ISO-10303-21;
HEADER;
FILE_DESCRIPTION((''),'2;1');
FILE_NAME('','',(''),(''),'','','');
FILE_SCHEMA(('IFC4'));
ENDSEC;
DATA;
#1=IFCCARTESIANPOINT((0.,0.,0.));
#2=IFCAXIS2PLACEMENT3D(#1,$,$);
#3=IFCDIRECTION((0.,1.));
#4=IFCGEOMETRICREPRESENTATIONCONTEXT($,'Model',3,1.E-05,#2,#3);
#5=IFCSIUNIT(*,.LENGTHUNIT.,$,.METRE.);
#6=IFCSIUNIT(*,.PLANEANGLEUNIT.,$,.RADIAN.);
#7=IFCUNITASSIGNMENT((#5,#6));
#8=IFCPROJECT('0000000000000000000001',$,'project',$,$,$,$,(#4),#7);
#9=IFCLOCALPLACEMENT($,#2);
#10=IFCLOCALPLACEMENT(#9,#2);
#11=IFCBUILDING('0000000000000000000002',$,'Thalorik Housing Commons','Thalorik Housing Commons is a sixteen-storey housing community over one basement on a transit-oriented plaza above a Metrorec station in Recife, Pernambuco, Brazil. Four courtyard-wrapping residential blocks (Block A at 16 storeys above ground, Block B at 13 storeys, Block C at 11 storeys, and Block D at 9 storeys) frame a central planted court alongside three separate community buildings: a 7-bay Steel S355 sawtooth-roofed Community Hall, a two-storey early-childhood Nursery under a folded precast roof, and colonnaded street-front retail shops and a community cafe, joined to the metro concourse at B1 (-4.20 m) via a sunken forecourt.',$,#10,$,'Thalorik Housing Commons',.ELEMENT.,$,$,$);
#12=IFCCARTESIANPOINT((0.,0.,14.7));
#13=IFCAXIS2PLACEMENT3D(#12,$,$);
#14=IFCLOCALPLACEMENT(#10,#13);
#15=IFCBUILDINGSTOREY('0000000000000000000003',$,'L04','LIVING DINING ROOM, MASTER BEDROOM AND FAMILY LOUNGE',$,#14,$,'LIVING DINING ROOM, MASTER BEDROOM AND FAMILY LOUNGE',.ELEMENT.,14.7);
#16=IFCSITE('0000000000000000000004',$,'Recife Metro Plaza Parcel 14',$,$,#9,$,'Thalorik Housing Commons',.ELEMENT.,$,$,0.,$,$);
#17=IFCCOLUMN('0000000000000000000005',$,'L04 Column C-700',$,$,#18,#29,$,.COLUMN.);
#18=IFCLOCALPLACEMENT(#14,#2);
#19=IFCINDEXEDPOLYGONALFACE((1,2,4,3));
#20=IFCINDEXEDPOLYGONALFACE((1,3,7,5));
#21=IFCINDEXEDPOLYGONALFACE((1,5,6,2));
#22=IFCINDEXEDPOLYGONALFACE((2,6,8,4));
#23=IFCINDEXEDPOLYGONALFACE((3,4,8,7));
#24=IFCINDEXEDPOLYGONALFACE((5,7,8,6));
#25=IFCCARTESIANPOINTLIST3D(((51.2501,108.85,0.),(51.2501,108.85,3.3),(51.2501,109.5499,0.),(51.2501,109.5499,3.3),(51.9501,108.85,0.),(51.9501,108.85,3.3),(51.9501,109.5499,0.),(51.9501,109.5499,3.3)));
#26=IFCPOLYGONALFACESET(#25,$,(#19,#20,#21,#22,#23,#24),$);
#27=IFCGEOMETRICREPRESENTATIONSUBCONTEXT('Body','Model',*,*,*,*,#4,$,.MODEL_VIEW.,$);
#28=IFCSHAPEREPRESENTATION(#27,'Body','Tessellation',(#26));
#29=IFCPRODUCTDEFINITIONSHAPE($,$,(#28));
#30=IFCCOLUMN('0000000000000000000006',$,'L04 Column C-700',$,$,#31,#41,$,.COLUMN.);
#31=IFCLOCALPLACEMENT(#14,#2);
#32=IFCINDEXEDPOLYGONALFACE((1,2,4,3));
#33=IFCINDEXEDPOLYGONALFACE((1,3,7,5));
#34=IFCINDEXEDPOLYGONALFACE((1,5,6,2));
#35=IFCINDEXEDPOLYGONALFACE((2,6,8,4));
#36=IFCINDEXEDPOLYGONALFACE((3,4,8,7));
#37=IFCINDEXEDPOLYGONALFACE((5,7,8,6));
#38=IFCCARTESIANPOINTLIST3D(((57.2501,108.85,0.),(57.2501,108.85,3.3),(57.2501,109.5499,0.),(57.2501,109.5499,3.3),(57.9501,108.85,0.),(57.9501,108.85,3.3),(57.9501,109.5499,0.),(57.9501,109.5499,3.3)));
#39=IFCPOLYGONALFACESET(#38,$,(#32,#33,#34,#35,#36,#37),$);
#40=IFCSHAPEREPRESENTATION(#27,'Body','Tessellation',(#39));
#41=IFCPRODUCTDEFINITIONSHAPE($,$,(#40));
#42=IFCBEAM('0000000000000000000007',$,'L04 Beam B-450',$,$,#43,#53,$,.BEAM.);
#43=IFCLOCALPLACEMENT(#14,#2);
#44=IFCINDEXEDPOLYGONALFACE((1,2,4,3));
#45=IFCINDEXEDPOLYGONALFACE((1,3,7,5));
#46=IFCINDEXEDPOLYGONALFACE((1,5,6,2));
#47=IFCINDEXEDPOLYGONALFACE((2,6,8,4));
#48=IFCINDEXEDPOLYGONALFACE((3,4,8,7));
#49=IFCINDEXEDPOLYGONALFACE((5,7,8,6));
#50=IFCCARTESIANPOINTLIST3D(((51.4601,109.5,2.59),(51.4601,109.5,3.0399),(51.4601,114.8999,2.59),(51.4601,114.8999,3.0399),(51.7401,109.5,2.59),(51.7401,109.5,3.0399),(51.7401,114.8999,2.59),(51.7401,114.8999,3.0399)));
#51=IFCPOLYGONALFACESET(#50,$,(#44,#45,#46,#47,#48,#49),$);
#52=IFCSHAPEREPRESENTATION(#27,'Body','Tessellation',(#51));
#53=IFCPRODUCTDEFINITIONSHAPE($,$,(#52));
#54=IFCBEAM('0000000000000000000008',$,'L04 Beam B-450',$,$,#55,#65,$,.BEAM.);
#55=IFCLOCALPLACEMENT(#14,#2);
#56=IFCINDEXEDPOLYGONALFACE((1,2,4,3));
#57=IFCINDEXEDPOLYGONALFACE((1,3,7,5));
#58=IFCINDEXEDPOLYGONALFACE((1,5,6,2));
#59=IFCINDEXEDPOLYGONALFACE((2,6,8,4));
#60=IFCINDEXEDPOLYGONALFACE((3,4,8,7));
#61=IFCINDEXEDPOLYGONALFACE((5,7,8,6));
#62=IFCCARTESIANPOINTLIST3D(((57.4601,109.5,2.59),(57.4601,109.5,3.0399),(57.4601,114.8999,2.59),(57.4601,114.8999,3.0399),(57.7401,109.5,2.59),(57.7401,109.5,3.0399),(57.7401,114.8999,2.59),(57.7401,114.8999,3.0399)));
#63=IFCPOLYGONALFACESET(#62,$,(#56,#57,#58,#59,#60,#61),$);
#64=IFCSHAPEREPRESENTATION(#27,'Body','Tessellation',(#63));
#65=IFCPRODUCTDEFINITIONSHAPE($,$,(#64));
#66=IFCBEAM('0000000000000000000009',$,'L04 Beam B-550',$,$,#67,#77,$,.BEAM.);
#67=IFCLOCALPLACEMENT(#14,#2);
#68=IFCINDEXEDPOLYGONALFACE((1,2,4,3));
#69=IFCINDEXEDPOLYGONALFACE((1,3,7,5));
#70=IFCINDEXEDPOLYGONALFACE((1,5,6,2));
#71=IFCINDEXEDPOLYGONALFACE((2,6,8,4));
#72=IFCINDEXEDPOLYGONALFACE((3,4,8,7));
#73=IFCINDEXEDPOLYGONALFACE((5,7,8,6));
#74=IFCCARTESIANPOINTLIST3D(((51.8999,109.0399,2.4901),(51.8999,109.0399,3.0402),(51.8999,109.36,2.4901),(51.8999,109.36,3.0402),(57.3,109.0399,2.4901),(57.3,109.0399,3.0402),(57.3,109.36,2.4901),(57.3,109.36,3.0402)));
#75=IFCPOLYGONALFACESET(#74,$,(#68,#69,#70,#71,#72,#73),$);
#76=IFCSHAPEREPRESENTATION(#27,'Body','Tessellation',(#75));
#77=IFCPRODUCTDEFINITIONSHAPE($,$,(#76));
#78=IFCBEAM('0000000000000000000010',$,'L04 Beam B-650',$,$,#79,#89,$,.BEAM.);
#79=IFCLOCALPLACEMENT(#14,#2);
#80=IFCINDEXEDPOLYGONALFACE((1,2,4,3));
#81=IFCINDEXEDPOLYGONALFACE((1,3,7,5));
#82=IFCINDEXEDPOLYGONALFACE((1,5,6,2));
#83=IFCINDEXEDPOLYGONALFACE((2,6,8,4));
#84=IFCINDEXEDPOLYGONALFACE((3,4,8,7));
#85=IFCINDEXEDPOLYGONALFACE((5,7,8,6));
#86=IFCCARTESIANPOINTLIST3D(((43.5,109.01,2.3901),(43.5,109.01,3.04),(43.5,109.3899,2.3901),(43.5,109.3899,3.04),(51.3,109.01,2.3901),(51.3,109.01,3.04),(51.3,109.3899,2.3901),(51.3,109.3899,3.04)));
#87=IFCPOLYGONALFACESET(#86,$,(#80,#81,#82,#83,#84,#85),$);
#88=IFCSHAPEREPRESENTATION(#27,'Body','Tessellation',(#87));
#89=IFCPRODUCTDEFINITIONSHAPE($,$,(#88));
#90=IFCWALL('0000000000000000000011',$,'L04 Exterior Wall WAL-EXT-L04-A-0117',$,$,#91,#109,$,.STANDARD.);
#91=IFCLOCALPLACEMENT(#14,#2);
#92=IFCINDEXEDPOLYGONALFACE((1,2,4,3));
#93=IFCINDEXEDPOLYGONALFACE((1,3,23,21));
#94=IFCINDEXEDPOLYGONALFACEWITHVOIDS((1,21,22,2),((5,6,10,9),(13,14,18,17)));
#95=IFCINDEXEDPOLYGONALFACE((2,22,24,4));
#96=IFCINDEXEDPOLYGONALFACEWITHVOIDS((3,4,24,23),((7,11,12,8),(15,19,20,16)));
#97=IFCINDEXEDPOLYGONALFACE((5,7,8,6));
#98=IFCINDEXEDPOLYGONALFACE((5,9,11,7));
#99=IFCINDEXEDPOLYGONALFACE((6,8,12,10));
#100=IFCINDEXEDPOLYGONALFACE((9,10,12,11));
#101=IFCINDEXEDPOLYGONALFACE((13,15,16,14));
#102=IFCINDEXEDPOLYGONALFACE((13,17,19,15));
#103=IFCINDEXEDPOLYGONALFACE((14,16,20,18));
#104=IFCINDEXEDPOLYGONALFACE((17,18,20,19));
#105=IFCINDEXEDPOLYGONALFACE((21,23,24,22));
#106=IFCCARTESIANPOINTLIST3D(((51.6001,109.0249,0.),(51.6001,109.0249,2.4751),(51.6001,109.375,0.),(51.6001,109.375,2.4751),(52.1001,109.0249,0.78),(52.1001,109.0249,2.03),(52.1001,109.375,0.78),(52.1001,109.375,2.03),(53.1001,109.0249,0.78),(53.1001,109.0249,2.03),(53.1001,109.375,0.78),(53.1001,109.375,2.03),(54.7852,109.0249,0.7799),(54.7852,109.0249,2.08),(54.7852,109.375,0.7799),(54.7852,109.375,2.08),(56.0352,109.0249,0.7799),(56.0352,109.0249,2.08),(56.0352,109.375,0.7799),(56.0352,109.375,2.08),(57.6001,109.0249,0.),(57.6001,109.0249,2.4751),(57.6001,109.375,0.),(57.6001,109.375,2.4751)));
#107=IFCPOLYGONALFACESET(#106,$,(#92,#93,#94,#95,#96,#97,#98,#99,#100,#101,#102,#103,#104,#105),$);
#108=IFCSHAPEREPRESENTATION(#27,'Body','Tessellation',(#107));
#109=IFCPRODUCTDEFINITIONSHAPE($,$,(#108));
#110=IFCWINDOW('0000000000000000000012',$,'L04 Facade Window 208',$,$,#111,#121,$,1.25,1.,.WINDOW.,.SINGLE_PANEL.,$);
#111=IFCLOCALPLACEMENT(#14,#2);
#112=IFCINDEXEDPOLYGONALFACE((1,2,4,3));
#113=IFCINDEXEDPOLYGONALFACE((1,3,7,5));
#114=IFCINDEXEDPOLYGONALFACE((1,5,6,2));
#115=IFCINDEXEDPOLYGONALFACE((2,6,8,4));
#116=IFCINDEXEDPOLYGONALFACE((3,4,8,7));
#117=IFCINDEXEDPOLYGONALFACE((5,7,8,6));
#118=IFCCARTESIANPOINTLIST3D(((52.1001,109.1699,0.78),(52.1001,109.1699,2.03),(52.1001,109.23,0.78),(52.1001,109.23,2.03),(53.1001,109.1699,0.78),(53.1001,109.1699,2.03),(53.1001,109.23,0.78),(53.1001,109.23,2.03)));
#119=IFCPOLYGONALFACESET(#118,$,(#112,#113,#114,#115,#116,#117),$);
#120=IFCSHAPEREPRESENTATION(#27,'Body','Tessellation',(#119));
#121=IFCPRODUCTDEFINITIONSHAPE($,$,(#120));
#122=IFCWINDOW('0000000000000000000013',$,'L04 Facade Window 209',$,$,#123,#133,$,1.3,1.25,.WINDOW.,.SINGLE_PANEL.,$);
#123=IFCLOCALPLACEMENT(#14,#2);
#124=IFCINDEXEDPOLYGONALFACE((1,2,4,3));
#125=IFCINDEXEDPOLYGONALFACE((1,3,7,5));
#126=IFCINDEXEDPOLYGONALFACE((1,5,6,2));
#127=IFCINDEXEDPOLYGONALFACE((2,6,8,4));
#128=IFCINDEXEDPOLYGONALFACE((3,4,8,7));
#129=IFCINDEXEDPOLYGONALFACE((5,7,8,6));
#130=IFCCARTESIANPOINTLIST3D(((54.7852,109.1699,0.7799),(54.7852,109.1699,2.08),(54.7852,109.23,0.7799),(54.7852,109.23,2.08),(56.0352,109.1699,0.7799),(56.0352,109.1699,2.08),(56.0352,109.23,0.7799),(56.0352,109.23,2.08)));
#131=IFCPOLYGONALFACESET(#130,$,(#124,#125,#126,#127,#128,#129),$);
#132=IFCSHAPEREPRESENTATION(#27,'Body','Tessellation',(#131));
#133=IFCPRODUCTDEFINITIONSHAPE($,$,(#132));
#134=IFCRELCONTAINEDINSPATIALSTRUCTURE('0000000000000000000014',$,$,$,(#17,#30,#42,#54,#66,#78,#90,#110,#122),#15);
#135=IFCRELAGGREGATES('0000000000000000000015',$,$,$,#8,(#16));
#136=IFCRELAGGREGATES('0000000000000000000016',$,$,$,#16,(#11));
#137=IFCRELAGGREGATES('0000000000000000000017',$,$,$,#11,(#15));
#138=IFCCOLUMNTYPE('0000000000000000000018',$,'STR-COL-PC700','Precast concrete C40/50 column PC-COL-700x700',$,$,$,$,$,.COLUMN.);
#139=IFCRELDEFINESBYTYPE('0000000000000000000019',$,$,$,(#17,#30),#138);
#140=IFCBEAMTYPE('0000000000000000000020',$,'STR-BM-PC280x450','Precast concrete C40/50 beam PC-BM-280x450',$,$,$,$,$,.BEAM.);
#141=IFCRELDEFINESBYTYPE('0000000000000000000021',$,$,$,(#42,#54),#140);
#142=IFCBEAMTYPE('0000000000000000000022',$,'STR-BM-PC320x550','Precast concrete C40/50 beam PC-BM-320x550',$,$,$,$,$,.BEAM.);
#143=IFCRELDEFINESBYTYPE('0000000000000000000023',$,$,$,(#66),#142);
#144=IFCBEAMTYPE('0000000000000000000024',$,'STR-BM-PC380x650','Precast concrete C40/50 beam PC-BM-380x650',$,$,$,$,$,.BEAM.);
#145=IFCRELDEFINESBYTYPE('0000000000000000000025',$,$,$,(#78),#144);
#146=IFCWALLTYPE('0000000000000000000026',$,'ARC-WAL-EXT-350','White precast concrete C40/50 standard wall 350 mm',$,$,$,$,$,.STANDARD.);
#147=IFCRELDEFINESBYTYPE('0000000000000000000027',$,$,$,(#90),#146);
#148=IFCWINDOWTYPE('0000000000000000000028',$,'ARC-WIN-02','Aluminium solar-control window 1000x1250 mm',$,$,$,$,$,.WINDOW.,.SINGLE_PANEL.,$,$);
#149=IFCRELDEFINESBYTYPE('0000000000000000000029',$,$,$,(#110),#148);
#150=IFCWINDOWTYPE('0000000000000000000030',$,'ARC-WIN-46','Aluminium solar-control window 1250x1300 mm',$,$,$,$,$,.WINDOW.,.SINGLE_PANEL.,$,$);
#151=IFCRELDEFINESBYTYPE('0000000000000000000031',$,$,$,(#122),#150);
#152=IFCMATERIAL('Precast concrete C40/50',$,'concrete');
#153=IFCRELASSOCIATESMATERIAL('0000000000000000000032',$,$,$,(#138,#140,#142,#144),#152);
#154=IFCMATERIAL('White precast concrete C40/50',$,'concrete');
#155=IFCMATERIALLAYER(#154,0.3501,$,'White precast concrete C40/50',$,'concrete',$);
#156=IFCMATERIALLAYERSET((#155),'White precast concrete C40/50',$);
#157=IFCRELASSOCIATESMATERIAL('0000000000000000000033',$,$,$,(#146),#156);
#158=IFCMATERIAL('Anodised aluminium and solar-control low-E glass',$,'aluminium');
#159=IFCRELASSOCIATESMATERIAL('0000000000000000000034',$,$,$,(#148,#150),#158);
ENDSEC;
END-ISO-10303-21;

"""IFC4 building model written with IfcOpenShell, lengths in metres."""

from ifc_helpers import new_model, si_unit, direction, frame, frame_2d, origin, origin_2d, place, context, subcontext, project, spatial, rectangle, extrude, material, layer, layer_set, material_profile, profile_set, type_object, element, fill, save


model = new_model("IFC4")

# Units and contexts
model_context = context("Model", 3, precision=1e-05, world=origin(), true_north=direction((0.0, 1.0)))
body_context = subcontext(model_context, "Body", "Model", "MODEL_VIEW")
ifc_project = project(units=[si_unit("LENGTHUNIT", "METRE"), si_unit("PLANEANGLEUNIT", "RADIAN")], contexts=[model_context])

# Site, building, storey
site_placement = place(None, origin())
site = spatial("IfcSite", under=ifc_project, at=site_placement, Name="Recife Metro Plaza Parcel 14", LongName="Thalorik Housing Commons", CompositionType="ELEMENT", RefElevation=0.0)
building_placement = place(site_placement, origin())
building = spatial("IfcBuilding", under=site, at=building_placement, Name="Thalorik Housing Commons", Description="Thalorik Housing Commons is a sixteen-storey housing community over one basement on a transit-oriented plaza above a Metrorec station in Recife, Pernambuco, Brazil. Four courtyard-wrapping residential blocks (Block A at 16 storeys above ground, Block B at 13 storeys, Block C at 11 storeys, and Block D at 9 storeys) frame a central planted court alongside three separate community buildings: a 7-bay Steel S355 sawtooth-roofed Community Hall, a two-storey early-childhood Nursery under a folded precast roof, and colonnaded street-front retail shops and a community cafe, joined to the metro concourse at B1 (-4.20 m) via a sunken forecourt.", LongName="Thalorik Housing Commons", CompositionType="ELEMENT")
storey_placement = place(building_placement, frame((0.0, 0.0, 14.7)))
storey = spatial("IfcBuildingStorey", under=building, at=storey_placement, Name="L04", Description="LIVING DINING ROOM, MASTER BEDROOM AND FAMILY LOUNGE", LongName="LIVING DINING ROOM, MASTER BEDROOM AND FAMILY LOUNGE", CompositionType="ELEMENT", Elevation=14.7)

# Columns
ifc_material_1 = material(Name="Precast concrete C40/50", Category="concrete")
ifc_material_profile_1 = material_profile(ifc_material_1, rectangle(XDim=0.7, YDim=0.7, at=origin_2d()), Name="PC 700x700", Category="concrete")
ifc_profile_set_1 = profile_set([ifc_material_profile_1], Name="Precast concrete C40/50")
column_type = type_object("IfcColumnType", Name="STR-COL-PC700", Description="Precast concrete C40/50 column PC-COL-700x700", PredefinedType="COLUMN", material=ifc_profile_set_1)
for number, where, z_axis, x_axis, name in (
    (1, (51.6001, 109.2, 0.0), (0.0, 0.0, 1.0), (1.0, 0.0, 0.0), "L04 Column C-700"),
    (2, (57.6001, 109.2, 0.0), (0.0, 0.0, 1.0), (1.0, 0.0, 0.0), "L04 Column C-700"),
):
    element("IfcColumn", number, at=place(storey_placement, frame(where, z_axis=z_axis, x_axis=x_axis)), inside=storey, type_object=column_type, Name=name, PredefinedType="COLUMN", context=body_context, shape_type="SweptSolid", body=[
        extrude(rectangle(XDim=0.7, YDim=0.7, at=origin_2d()), origin(), (0.0, 0.0, 1.0), 3.3),
    ])

# Beams
ifc_material_profile_2 = material_profile(ifc_material_1, rectangle(XDim=0.28, YDim=0.45, at=origin_2d()), Name="PC 280x450", Category="concrete")
ifc_profile_set_2 = profile_set([ifc_material_profile_2], Name="Precast concrete C40/50")
beam_type_1 = type_object("IfcBeamType", Name="STR-BM-PC280x450", Description="Precast concrete C40/50 beam PC-BM-280x450", PredefinedType="BEAM", material=ifc_profile_set_2)
for number, where, z_axis, x_axis, name in (
    (3, (51.6001, 109.5, 2.8149), (0.0, 1.0, 0.0), (-1.0, 0.0, 0.0), "L04 Beam B-450"),
    (4, (57.6001, 109.5, 2.8149), (0.0, 1.0, 0.0), (-1.0, 0.0, 0.0), "L04 Beam B-450"),
):
    element("IfcBeam", number, at=place(storey_placement, frame(where, z_axis=z_axis, x_axis=x_axis)), inside=storey, type_object=beam_type_1, Name=name, PredefinedType="BEAM", context=body_context, shape_type="SweptSolid", body=[
        extrude(rectangle(XDim=0.28, YDim=0.45, at=origin_2d()), origin(), (0.0, 0.0, 1.0), 5.3999),
    ])
ifc_material_profile_3 = material_profile(ifc_material_1, rectangle(XDim=0.3201, YDim=0.55, at=origin_2d()), Name="PC 320x550", Category="concrete")
ifc_profile_set_3 = profile_set([ifc_material_profile_3], Name="Precast concrete C40/50")
beam_type_2 = type_object("IfcBeamType", Name="STR-BM-PC320x550", Description="Precast concrete C40/50 beam PC-BM-320x550", PredefinedType="BEAM", material=ifc_profile_set_3)
beam_1_placement = place(storey_placement, frame((51.8999, 109.2, 2.7651), z_axis=(1.0, 0.0, 0.0), x_axis=(0.0, 1.0, 0.0)))
element("IfcBeam", 5, at=beam_1_placement, inside=storey, type_object=beam_type_2, Name="L04 Beam B-550", PredefinedType="BEAM", context=body_context, shape_type="SweptSolid", body=[
    extrude(rectangle(XDim=0.3201, YDim=0.55, at=origin_2d()), origin(), (0.0, 0.0, 1.0), 5.4001),
])
ifc_material_profile_4 = material_profile(ifc_material_1, rectangle(XDim=0.3799, YDim=0.6499, at=origin_2d()), Name="PC 380x650", Category="concrete")
ifc_profile_set_4 = profile_set([ifc_material_profile_4], Name="Precast concrete C40/50")
beam_type_3 = type_object("IfcBeamType", Name="STR-BM-PC380x650", Description="Precast concrete C40/50 beam PC-BM-380x650", PredefinedType="BEAM", material=ifc_profile_set_4)
beam_2_placement = place(storey_placement, frame((43.5, 109.2, 2.7151), z_axis=(1.0, 0.0, 0.0), x_axis=(0.0, 1.0, 0.0)))
element("IfcBeam", 6, at=beam_2_placement, inside=storey, type_object=beam_type_3, Name="L04 Beam B-650", PredefinedType="BEAM", context=body_context, shape_type="SweptSolid", body=[
    extrude(rectangle(XDim=0.3799, YDim=0.6499, at=origin_2d()), origin(), (0.0, 0.0, 1.0), 7.8),
])

# Wall, openings, windows
ifc_material_2 = material(Name="White precast concrete C40/50", Category="concrete")
ifc_layer_1 = layer(ifc_material_2, 0.3501, Name="White precast concrete C40/50", Category="concrete")
ifc_layer_set_1 = layer_set([ifc_layer_1], Name="White precast concrete C40/50")
wall_type_1 = type_object("IfcWallType", Name="ARC-WAL-EXT-350", Description="White precast concrete C40/50 standard wall 350 mm", PredefinedType="STANDARD", material=ifc_layer_set_1)
wall_1_placement = place(storey_placement, frame((51.6001, 109.2, 0.0), z_axis=(0.0, 0.0, 1.0), x_axis=(1.0, 0.0, 0.0)))
wall_1 = element("IfcWall", 7, at=wall_1_placement, inside=storey, type_object=wall_type_1, Name="L04 Exterior Wall WAL-EXT-L04-A-0117", PredefinedType="STANDARD", context=body_context, shape_type="SweptSolid", body=[
    extrude(rectangle(XDim=6.0, YDim=0.3501, at=frame_2d((3.0, 0.0))), origin(), (0.0, 0.0, 1.0), 2.4751),
])
opening_1_placement = place(wall_1_placement, frame((0.5, 0.0, 0.78)))
opening_1 = element("IfcOpeningElement", 8, at=opening_1_placement, cuts=wall_1, PredefinedType="OPENING", context=body_context, shape_type="SweptSolid", body=[
    extrude(rectangle(XDim=1.0, YDim=1.25, at=frame_2d((0.5, 0.625))), frame((0.0, 0.1851, 0.0), z_axis=(0.0, -1.0, 0.0), x_axis=(1.0, 0.0, 0.0)), (0.0, 0.0, 1.0), 0.3701),
])
opening_2_placement = place(wall_1_placement, frame((3.1851, 0.0, 0.78)))
opening_2 = element("IfcOpeningElement", 9, at=opening_2_placement, cuts=wall_1, PredefinedType="OPENING", context=body_context, shape_type="SweptSolid", body=[
    extrude(rectangle(XDim=1.25, YDim=1.3, at=frame_2d((0.625, 0.6499))), frame((0.0, 0.1851, 0.0), z_axis=(0.0, -1.0, 0.0), x_axis=(1.0, 0.0, 0.0)), (0.0, 0.0, 1.0), 0.3701),
])
ifc_material_3 = material(Name="Anodised aluminium and solar-control low-E glass", Category="aluminium")
window_type_1 = type_object("IfcWindowType", Name="ARC-WIN-02", Description="Aluminium solar-control window 1000x1250 mm", PartitioningType="SINGLE_PANEL", PredefinedType="WINDOW", material=ifc_material_3)
window_1_placement = place(opening_1_placement, origin())
window_1 = element("IfcWindow", 10, at=window_1_placement, inside=storey, type_object=window_type_1, Name="L04 Facade Window 208", OverallHeight=1.25, OverallWidth=1.0, PartitioningType="SINGLE_PANEL", PredefinedType="WINDOW", context=body_context, shape_type="SweptSolid", body=[
    extrude(rectangle(XDim=1.0, YDim=1.25, at=frame_2d((0.5, 0.625))), frame((0.0, 0.03, 0.0), z_axis=(0.0, -1.0, 0.0), x_axis=(1.0, 0.0, 0.0)), (0.0, 0.0, 1.0), 0.0601),
])
fill(opening_1, window_1)
window_type_2 = type_object("IfcWindowType", Name="ARC-WIN-46", Description="Aluminium solar-control window 1250x1300 mm", PartitioningType="SINGLE_PANEL", PredefinedType="WINDOW", material=ifc_material_3)
window_2_placement = place(opening_2_placement, origin())
window_2 = element("IfcWindow", 11, at=window_2_placement, inside=storey, type_object=window_type_2, Name="L04 Facade Window 209", OverallHeight=1.3, OverallWidth=1.25, PartitioningType="SINGLE_PANEL", PredefinedType="WINDOW", context=body_context, shape_type="SweptSolid", body=[
    extrude(rectangle(XDim=1.25, YDim=1.3, at=frame_2d((0.625, 0.6499))), frame((0.0, 0.03, 0.0), z_axis=(0.0, -1.0, 0.0), x_axis=(1.0, 0.0, 0.0)), (0.0, 0.0, 1.0), 0.0601),
])
fill(opening_2, window_2)

save(model, "model.ifc")
